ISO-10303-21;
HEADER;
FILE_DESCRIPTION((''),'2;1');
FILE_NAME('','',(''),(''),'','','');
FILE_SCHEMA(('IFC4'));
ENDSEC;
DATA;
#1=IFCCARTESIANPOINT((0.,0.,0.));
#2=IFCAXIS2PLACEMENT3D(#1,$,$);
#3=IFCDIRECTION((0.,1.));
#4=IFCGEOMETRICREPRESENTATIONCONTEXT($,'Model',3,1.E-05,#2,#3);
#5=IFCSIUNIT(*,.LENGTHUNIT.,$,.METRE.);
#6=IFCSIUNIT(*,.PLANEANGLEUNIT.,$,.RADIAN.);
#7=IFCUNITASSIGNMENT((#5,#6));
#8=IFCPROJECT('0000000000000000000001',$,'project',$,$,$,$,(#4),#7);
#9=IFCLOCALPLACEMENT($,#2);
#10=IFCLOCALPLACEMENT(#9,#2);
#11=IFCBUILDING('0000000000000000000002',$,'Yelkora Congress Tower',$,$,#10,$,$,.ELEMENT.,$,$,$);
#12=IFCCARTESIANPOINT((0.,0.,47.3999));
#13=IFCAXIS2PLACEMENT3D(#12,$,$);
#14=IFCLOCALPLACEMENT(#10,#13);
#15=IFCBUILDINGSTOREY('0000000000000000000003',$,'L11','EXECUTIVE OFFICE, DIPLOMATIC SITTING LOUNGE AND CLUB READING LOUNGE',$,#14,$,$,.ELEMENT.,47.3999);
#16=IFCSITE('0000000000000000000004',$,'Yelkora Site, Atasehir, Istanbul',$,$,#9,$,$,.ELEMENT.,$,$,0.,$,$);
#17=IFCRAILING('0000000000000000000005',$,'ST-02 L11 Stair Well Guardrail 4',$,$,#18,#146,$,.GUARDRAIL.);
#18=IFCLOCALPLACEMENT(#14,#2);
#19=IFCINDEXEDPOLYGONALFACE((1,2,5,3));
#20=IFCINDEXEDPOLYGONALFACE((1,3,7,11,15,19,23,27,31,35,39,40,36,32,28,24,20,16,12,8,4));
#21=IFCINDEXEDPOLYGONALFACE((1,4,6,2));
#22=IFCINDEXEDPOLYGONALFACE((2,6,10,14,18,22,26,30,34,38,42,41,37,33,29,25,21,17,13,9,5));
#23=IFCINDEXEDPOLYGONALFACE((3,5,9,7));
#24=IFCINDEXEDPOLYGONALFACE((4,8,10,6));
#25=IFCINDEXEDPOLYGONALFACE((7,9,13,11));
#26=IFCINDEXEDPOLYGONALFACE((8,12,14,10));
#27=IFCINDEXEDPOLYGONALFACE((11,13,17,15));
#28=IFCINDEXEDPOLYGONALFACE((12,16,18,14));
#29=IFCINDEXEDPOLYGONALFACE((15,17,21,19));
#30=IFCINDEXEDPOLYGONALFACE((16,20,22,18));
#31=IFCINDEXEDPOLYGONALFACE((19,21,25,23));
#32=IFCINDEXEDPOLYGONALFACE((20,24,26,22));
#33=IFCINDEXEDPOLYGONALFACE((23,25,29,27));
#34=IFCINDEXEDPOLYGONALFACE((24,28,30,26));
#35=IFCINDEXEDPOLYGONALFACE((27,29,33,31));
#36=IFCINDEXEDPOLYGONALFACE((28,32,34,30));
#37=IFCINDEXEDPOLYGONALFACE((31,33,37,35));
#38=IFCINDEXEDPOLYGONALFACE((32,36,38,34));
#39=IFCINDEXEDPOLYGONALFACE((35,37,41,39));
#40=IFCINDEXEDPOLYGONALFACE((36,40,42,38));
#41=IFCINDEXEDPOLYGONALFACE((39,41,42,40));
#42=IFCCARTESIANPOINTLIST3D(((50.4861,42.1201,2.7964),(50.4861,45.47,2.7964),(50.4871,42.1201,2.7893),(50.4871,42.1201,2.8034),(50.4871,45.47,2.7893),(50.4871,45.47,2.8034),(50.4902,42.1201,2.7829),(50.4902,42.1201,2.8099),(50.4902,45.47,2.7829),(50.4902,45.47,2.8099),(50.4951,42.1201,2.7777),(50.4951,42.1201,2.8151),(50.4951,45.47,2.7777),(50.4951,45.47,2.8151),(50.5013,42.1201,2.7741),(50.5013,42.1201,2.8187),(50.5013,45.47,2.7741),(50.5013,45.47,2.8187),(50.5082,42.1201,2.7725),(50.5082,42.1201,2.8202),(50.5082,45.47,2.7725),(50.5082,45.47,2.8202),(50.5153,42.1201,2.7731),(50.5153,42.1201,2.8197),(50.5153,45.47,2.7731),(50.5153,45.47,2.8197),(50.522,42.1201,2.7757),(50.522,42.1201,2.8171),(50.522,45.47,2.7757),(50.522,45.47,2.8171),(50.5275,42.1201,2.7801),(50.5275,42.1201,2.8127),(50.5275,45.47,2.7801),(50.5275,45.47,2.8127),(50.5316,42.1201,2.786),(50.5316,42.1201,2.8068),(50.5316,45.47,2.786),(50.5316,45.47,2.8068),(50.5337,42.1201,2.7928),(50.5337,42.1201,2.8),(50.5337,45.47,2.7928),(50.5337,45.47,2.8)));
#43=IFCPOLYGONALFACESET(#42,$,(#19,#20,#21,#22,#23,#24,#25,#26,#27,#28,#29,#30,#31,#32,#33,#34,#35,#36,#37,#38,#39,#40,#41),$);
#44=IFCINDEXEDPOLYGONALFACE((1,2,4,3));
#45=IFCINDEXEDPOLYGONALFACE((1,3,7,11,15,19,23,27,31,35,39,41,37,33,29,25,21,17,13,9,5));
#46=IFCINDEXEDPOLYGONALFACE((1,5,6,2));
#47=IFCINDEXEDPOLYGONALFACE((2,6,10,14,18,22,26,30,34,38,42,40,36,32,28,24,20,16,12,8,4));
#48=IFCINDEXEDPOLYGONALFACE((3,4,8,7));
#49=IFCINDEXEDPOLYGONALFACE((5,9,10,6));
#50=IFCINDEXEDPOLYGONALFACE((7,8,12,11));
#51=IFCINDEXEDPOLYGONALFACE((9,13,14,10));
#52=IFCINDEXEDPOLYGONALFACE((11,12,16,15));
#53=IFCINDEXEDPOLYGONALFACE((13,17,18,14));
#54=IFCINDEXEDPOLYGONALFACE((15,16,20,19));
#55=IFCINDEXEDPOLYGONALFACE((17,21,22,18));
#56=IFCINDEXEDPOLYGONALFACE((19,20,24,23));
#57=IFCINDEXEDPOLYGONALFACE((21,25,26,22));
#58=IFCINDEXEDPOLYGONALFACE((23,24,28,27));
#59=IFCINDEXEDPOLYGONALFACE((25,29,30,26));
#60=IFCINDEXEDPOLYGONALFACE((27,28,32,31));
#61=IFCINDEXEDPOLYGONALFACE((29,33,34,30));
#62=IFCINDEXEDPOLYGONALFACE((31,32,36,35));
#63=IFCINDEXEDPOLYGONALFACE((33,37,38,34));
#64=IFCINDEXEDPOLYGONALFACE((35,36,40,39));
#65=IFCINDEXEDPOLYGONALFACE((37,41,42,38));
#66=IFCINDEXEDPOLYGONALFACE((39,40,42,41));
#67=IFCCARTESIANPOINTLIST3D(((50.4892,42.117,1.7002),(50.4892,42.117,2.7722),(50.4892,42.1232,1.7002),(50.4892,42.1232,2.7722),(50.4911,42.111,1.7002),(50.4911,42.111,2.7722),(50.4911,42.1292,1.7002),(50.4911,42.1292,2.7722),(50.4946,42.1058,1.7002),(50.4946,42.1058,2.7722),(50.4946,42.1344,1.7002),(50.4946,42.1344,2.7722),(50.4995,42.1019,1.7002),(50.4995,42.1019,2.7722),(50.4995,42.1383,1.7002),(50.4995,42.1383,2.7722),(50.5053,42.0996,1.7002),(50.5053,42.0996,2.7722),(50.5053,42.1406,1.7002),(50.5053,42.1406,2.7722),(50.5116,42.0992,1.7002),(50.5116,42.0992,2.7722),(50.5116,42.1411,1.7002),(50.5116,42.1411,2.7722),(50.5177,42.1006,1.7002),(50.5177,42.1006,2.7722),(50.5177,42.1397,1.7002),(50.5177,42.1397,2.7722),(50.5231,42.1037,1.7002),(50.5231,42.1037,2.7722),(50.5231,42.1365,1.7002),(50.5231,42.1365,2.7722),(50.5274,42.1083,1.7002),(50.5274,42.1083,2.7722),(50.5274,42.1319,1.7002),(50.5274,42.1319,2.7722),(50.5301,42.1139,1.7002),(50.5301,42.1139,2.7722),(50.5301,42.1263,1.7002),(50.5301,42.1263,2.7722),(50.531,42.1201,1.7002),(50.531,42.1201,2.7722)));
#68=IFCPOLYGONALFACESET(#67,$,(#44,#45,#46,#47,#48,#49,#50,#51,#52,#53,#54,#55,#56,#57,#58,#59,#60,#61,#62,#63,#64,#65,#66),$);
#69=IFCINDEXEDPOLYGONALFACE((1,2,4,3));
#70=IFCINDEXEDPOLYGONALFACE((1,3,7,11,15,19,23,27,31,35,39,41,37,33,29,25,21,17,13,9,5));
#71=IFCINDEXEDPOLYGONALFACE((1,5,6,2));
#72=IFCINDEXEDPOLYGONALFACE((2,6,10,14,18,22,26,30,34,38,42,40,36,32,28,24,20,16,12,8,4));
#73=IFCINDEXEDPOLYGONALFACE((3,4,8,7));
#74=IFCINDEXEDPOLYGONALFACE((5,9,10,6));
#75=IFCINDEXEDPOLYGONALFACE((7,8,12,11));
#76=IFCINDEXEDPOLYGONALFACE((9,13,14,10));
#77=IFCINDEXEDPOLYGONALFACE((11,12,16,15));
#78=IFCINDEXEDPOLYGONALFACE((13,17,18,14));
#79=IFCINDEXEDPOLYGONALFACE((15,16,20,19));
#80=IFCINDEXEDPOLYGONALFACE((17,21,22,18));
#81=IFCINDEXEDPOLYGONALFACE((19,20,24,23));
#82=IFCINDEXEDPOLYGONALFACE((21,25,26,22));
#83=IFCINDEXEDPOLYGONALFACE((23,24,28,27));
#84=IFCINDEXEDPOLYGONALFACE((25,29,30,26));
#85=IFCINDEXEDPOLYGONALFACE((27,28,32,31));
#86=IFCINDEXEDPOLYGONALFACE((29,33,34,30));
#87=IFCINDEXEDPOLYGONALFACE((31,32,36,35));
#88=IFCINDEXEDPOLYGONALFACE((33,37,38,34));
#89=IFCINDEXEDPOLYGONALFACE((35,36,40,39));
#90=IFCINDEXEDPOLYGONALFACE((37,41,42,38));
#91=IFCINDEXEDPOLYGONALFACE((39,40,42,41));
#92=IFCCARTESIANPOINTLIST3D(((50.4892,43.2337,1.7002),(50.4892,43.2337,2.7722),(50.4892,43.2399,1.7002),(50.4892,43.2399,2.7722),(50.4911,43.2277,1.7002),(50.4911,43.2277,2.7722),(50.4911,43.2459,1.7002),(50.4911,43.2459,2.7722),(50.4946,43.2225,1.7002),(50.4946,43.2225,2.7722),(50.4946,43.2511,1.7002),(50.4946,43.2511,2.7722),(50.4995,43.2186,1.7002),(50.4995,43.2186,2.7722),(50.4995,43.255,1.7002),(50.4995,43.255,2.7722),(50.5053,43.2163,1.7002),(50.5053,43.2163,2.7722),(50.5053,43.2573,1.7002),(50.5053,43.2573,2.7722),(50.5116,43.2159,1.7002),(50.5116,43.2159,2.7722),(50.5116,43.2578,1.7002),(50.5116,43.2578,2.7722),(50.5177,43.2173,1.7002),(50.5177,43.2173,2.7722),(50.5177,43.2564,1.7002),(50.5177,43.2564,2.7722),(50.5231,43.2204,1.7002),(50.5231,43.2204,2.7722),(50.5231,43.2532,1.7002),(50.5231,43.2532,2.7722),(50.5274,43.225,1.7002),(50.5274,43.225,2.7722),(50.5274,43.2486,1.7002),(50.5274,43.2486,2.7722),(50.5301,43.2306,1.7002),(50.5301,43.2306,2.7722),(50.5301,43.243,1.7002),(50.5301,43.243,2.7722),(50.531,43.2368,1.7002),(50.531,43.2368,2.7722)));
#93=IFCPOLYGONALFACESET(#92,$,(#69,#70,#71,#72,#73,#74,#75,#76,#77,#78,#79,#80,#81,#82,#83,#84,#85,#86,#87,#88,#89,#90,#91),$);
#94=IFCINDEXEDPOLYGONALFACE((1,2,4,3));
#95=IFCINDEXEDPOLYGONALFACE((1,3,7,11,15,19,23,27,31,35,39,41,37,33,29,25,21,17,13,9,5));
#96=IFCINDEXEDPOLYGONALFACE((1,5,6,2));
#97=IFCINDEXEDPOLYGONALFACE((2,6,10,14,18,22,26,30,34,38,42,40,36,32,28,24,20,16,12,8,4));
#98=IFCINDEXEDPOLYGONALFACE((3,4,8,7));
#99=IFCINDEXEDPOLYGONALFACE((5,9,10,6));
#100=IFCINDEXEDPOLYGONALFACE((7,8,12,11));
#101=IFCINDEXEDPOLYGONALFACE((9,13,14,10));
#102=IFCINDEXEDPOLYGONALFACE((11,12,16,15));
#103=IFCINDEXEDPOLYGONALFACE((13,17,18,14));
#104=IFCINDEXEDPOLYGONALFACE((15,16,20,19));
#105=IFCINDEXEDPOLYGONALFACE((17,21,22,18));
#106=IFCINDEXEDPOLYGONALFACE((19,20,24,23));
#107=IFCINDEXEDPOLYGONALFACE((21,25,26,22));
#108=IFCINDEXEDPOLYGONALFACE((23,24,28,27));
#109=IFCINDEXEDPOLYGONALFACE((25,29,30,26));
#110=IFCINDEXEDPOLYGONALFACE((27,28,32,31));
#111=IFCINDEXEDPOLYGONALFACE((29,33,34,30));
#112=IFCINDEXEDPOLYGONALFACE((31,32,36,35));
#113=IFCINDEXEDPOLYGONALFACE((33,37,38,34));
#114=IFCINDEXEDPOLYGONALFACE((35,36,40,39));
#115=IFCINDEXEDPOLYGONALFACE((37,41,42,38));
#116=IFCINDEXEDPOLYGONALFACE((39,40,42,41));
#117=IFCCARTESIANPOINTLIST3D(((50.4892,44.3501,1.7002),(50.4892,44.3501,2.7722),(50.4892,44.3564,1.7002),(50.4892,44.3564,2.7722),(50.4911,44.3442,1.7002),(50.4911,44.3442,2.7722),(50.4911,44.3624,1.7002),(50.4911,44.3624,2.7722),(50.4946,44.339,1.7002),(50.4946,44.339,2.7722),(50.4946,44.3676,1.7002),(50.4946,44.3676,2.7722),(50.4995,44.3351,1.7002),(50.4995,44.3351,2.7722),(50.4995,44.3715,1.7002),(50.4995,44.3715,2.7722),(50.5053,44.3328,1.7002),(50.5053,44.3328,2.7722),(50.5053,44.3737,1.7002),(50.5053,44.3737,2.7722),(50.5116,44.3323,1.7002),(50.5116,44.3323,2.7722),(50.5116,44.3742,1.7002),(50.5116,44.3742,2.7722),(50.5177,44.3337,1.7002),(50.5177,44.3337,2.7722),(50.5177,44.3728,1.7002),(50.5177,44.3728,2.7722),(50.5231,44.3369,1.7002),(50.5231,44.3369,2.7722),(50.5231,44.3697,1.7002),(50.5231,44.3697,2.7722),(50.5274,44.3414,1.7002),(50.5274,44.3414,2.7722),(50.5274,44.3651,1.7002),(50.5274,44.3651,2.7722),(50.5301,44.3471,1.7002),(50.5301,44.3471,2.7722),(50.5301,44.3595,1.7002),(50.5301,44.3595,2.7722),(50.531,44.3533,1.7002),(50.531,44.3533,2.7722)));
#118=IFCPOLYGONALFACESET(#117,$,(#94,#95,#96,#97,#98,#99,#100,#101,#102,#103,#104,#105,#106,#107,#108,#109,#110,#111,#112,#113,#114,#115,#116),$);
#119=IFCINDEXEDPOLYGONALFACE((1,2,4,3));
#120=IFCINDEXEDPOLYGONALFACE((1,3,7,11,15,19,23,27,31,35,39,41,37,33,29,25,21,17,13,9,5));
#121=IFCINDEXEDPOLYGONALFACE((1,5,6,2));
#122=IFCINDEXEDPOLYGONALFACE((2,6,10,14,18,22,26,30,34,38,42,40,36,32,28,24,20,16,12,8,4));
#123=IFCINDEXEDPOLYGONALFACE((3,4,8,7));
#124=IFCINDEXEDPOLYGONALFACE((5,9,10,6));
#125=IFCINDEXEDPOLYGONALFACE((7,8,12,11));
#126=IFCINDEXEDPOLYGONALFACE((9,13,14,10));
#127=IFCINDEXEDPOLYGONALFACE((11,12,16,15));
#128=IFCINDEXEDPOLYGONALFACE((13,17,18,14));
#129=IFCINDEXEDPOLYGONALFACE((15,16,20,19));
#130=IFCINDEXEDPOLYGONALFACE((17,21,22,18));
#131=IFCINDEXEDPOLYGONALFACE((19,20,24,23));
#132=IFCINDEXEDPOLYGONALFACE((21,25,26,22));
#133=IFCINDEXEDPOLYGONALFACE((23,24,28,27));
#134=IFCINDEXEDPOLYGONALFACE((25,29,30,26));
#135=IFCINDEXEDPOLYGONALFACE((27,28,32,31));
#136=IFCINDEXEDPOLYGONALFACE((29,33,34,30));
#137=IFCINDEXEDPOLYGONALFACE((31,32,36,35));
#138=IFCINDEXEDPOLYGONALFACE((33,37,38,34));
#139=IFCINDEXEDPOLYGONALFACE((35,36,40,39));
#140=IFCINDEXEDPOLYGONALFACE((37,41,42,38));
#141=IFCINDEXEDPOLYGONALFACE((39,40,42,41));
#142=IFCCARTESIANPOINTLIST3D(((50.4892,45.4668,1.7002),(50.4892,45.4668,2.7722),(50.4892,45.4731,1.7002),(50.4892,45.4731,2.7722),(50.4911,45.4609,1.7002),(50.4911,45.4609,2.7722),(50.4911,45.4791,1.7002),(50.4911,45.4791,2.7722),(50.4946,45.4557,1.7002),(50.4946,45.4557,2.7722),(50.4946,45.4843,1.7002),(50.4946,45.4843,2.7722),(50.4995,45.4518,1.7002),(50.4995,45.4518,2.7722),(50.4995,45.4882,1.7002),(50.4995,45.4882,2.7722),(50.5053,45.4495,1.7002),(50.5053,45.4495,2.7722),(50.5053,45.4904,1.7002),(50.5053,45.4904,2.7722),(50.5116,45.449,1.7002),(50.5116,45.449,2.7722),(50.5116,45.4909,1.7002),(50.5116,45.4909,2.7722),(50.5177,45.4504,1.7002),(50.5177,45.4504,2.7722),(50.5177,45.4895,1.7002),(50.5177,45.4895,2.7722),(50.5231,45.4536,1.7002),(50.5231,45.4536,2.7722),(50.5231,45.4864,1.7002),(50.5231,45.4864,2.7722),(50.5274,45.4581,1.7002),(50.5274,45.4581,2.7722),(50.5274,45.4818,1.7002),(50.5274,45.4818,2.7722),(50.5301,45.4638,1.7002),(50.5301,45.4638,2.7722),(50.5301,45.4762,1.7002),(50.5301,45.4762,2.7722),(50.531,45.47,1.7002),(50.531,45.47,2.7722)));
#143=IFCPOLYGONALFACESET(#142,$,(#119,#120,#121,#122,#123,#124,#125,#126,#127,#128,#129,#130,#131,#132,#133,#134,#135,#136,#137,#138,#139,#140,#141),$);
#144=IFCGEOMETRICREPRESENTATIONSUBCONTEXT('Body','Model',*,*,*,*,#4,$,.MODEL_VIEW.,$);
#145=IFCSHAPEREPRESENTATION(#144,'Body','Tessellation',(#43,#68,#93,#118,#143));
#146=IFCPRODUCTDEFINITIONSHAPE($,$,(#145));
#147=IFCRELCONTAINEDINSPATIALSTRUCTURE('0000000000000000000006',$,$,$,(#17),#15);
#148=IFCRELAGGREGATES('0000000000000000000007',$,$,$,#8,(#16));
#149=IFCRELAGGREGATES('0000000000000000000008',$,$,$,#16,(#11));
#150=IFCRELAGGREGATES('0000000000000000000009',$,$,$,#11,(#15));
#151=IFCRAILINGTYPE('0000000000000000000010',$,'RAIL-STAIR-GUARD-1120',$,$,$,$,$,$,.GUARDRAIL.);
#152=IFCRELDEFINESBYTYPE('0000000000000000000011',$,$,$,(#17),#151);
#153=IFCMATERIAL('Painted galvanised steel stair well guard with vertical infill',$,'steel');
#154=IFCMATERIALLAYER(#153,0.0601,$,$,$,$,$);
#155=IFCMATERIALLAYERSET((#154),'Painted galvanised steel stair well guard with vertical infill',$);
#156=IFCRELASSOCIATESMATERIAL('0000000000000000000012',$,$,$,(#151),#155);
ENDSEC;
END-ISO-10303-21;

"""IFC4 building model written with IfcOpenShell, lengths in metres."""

from ifc_helpers import new_model, si_unit, direction, frame, origin, origin_2d, place, context, subcontext, project, spatial, circle, extrude, material, layer, layer_set, type_object, element, save


model = new_model("IFC4")

# Units and contexts
model_context = context("Model", 3, precision=1e-05, world=origin(), true_north=direction((0.0, 1.0)))
body_context = subcontext(model_context, "Body", "Model", "MODEL_VIEW")
ifc_project = project(units=[si_unit("LENGTHUNIT", "METRE"), si_unit("PLANEANGLEUNIT", "RADIAN")], contexts=[model_context])

# Site, building, storey
site_placement = place(None, origin())
site = spatial("IfcSite", under=ifc_project, at=site_placement, Name="Yelkora Site, Atasehir, Istanbul", CompositionType="ELEMENT", RefElevation=0.0)
building_placement = place(site_placement, origin())
building = spatial("IfcBuilding", under=site, at=building_placement, Name="Yelkora Congress Tower", CompositionType="ELEMENT")
storey_placement = place(building_placement, frame((0.0, 0.0, 47.3999)))
storey = spatial("IfcBuildingStorey", under=building, at=storey_placement, Name="L11", Description="EXECUTIVE OFFICE, DIPLOMATIC SITTING LOUNGE AND CLUB READING LOUNGE", CompositionType="ELEMENT", Elevation=47.3999)

# Railing
ifc_material_1 = material(Name="Painted galvanised steel stair well guard with vertical infill", Category="steel")
ifc_layer_1 = layer(ifc_material_1, 0.0601)
ifc_layer_set_1 = layer_set([ifc_layer_1], Name="Painted galvanised steel stair well guard with vertical infill")
railing_type_1 = type_object("IfcRailingType", Name="RAIL-STAIR-GUARD-1120", PredefinedType="GUARDRAIL", material=ifc_layer_set_1)
railing_1_placement = place(storey_placement, frame((50.51, 42.1201, 1.7002)))
element("IfcRailing", 1, at=railing_1_placement, inside=storey, type_object=railing_type_1, Name="ST-02 L11 Stair Well Guardrail 4", PredefinedType="GUARDRAIL", context=body_context, shape_type="SweptSolid", body=[
    extrude(circle(Radius=0.0239, at=origin_2d()), frame((0.0, 0.0, 1.0962), z_axis=(0.0, 1.0, 0.0), x_axis=(-1.0, 0.0, 0.0)), (0.0, 0.0, 1.0), 3.3499),
    extrude(circle(Radius=0.021, at=origin_2d()), origin(), (0.0, 0.0, 1.0), 1.072),
    extrude(circle(Radius=0.021, at=origin_2d()), frame((0.0, 1.1167, 0.0)), (0.0, 0.0, 1.0), 1.072),
    extrude(circle(Radius=0.021, at=origin_2d()), frame((0.0, 2.2332, 0.0)), (0.0, 0.0, 1.0), 1.072),
    extrude(circle(Radius=0.021, at=origin_2d()), frame((0.0, 3.3499, 0.0)), (0.0, 0.0, 1.0), 1.072),
])

save(model, "model.ifc")
